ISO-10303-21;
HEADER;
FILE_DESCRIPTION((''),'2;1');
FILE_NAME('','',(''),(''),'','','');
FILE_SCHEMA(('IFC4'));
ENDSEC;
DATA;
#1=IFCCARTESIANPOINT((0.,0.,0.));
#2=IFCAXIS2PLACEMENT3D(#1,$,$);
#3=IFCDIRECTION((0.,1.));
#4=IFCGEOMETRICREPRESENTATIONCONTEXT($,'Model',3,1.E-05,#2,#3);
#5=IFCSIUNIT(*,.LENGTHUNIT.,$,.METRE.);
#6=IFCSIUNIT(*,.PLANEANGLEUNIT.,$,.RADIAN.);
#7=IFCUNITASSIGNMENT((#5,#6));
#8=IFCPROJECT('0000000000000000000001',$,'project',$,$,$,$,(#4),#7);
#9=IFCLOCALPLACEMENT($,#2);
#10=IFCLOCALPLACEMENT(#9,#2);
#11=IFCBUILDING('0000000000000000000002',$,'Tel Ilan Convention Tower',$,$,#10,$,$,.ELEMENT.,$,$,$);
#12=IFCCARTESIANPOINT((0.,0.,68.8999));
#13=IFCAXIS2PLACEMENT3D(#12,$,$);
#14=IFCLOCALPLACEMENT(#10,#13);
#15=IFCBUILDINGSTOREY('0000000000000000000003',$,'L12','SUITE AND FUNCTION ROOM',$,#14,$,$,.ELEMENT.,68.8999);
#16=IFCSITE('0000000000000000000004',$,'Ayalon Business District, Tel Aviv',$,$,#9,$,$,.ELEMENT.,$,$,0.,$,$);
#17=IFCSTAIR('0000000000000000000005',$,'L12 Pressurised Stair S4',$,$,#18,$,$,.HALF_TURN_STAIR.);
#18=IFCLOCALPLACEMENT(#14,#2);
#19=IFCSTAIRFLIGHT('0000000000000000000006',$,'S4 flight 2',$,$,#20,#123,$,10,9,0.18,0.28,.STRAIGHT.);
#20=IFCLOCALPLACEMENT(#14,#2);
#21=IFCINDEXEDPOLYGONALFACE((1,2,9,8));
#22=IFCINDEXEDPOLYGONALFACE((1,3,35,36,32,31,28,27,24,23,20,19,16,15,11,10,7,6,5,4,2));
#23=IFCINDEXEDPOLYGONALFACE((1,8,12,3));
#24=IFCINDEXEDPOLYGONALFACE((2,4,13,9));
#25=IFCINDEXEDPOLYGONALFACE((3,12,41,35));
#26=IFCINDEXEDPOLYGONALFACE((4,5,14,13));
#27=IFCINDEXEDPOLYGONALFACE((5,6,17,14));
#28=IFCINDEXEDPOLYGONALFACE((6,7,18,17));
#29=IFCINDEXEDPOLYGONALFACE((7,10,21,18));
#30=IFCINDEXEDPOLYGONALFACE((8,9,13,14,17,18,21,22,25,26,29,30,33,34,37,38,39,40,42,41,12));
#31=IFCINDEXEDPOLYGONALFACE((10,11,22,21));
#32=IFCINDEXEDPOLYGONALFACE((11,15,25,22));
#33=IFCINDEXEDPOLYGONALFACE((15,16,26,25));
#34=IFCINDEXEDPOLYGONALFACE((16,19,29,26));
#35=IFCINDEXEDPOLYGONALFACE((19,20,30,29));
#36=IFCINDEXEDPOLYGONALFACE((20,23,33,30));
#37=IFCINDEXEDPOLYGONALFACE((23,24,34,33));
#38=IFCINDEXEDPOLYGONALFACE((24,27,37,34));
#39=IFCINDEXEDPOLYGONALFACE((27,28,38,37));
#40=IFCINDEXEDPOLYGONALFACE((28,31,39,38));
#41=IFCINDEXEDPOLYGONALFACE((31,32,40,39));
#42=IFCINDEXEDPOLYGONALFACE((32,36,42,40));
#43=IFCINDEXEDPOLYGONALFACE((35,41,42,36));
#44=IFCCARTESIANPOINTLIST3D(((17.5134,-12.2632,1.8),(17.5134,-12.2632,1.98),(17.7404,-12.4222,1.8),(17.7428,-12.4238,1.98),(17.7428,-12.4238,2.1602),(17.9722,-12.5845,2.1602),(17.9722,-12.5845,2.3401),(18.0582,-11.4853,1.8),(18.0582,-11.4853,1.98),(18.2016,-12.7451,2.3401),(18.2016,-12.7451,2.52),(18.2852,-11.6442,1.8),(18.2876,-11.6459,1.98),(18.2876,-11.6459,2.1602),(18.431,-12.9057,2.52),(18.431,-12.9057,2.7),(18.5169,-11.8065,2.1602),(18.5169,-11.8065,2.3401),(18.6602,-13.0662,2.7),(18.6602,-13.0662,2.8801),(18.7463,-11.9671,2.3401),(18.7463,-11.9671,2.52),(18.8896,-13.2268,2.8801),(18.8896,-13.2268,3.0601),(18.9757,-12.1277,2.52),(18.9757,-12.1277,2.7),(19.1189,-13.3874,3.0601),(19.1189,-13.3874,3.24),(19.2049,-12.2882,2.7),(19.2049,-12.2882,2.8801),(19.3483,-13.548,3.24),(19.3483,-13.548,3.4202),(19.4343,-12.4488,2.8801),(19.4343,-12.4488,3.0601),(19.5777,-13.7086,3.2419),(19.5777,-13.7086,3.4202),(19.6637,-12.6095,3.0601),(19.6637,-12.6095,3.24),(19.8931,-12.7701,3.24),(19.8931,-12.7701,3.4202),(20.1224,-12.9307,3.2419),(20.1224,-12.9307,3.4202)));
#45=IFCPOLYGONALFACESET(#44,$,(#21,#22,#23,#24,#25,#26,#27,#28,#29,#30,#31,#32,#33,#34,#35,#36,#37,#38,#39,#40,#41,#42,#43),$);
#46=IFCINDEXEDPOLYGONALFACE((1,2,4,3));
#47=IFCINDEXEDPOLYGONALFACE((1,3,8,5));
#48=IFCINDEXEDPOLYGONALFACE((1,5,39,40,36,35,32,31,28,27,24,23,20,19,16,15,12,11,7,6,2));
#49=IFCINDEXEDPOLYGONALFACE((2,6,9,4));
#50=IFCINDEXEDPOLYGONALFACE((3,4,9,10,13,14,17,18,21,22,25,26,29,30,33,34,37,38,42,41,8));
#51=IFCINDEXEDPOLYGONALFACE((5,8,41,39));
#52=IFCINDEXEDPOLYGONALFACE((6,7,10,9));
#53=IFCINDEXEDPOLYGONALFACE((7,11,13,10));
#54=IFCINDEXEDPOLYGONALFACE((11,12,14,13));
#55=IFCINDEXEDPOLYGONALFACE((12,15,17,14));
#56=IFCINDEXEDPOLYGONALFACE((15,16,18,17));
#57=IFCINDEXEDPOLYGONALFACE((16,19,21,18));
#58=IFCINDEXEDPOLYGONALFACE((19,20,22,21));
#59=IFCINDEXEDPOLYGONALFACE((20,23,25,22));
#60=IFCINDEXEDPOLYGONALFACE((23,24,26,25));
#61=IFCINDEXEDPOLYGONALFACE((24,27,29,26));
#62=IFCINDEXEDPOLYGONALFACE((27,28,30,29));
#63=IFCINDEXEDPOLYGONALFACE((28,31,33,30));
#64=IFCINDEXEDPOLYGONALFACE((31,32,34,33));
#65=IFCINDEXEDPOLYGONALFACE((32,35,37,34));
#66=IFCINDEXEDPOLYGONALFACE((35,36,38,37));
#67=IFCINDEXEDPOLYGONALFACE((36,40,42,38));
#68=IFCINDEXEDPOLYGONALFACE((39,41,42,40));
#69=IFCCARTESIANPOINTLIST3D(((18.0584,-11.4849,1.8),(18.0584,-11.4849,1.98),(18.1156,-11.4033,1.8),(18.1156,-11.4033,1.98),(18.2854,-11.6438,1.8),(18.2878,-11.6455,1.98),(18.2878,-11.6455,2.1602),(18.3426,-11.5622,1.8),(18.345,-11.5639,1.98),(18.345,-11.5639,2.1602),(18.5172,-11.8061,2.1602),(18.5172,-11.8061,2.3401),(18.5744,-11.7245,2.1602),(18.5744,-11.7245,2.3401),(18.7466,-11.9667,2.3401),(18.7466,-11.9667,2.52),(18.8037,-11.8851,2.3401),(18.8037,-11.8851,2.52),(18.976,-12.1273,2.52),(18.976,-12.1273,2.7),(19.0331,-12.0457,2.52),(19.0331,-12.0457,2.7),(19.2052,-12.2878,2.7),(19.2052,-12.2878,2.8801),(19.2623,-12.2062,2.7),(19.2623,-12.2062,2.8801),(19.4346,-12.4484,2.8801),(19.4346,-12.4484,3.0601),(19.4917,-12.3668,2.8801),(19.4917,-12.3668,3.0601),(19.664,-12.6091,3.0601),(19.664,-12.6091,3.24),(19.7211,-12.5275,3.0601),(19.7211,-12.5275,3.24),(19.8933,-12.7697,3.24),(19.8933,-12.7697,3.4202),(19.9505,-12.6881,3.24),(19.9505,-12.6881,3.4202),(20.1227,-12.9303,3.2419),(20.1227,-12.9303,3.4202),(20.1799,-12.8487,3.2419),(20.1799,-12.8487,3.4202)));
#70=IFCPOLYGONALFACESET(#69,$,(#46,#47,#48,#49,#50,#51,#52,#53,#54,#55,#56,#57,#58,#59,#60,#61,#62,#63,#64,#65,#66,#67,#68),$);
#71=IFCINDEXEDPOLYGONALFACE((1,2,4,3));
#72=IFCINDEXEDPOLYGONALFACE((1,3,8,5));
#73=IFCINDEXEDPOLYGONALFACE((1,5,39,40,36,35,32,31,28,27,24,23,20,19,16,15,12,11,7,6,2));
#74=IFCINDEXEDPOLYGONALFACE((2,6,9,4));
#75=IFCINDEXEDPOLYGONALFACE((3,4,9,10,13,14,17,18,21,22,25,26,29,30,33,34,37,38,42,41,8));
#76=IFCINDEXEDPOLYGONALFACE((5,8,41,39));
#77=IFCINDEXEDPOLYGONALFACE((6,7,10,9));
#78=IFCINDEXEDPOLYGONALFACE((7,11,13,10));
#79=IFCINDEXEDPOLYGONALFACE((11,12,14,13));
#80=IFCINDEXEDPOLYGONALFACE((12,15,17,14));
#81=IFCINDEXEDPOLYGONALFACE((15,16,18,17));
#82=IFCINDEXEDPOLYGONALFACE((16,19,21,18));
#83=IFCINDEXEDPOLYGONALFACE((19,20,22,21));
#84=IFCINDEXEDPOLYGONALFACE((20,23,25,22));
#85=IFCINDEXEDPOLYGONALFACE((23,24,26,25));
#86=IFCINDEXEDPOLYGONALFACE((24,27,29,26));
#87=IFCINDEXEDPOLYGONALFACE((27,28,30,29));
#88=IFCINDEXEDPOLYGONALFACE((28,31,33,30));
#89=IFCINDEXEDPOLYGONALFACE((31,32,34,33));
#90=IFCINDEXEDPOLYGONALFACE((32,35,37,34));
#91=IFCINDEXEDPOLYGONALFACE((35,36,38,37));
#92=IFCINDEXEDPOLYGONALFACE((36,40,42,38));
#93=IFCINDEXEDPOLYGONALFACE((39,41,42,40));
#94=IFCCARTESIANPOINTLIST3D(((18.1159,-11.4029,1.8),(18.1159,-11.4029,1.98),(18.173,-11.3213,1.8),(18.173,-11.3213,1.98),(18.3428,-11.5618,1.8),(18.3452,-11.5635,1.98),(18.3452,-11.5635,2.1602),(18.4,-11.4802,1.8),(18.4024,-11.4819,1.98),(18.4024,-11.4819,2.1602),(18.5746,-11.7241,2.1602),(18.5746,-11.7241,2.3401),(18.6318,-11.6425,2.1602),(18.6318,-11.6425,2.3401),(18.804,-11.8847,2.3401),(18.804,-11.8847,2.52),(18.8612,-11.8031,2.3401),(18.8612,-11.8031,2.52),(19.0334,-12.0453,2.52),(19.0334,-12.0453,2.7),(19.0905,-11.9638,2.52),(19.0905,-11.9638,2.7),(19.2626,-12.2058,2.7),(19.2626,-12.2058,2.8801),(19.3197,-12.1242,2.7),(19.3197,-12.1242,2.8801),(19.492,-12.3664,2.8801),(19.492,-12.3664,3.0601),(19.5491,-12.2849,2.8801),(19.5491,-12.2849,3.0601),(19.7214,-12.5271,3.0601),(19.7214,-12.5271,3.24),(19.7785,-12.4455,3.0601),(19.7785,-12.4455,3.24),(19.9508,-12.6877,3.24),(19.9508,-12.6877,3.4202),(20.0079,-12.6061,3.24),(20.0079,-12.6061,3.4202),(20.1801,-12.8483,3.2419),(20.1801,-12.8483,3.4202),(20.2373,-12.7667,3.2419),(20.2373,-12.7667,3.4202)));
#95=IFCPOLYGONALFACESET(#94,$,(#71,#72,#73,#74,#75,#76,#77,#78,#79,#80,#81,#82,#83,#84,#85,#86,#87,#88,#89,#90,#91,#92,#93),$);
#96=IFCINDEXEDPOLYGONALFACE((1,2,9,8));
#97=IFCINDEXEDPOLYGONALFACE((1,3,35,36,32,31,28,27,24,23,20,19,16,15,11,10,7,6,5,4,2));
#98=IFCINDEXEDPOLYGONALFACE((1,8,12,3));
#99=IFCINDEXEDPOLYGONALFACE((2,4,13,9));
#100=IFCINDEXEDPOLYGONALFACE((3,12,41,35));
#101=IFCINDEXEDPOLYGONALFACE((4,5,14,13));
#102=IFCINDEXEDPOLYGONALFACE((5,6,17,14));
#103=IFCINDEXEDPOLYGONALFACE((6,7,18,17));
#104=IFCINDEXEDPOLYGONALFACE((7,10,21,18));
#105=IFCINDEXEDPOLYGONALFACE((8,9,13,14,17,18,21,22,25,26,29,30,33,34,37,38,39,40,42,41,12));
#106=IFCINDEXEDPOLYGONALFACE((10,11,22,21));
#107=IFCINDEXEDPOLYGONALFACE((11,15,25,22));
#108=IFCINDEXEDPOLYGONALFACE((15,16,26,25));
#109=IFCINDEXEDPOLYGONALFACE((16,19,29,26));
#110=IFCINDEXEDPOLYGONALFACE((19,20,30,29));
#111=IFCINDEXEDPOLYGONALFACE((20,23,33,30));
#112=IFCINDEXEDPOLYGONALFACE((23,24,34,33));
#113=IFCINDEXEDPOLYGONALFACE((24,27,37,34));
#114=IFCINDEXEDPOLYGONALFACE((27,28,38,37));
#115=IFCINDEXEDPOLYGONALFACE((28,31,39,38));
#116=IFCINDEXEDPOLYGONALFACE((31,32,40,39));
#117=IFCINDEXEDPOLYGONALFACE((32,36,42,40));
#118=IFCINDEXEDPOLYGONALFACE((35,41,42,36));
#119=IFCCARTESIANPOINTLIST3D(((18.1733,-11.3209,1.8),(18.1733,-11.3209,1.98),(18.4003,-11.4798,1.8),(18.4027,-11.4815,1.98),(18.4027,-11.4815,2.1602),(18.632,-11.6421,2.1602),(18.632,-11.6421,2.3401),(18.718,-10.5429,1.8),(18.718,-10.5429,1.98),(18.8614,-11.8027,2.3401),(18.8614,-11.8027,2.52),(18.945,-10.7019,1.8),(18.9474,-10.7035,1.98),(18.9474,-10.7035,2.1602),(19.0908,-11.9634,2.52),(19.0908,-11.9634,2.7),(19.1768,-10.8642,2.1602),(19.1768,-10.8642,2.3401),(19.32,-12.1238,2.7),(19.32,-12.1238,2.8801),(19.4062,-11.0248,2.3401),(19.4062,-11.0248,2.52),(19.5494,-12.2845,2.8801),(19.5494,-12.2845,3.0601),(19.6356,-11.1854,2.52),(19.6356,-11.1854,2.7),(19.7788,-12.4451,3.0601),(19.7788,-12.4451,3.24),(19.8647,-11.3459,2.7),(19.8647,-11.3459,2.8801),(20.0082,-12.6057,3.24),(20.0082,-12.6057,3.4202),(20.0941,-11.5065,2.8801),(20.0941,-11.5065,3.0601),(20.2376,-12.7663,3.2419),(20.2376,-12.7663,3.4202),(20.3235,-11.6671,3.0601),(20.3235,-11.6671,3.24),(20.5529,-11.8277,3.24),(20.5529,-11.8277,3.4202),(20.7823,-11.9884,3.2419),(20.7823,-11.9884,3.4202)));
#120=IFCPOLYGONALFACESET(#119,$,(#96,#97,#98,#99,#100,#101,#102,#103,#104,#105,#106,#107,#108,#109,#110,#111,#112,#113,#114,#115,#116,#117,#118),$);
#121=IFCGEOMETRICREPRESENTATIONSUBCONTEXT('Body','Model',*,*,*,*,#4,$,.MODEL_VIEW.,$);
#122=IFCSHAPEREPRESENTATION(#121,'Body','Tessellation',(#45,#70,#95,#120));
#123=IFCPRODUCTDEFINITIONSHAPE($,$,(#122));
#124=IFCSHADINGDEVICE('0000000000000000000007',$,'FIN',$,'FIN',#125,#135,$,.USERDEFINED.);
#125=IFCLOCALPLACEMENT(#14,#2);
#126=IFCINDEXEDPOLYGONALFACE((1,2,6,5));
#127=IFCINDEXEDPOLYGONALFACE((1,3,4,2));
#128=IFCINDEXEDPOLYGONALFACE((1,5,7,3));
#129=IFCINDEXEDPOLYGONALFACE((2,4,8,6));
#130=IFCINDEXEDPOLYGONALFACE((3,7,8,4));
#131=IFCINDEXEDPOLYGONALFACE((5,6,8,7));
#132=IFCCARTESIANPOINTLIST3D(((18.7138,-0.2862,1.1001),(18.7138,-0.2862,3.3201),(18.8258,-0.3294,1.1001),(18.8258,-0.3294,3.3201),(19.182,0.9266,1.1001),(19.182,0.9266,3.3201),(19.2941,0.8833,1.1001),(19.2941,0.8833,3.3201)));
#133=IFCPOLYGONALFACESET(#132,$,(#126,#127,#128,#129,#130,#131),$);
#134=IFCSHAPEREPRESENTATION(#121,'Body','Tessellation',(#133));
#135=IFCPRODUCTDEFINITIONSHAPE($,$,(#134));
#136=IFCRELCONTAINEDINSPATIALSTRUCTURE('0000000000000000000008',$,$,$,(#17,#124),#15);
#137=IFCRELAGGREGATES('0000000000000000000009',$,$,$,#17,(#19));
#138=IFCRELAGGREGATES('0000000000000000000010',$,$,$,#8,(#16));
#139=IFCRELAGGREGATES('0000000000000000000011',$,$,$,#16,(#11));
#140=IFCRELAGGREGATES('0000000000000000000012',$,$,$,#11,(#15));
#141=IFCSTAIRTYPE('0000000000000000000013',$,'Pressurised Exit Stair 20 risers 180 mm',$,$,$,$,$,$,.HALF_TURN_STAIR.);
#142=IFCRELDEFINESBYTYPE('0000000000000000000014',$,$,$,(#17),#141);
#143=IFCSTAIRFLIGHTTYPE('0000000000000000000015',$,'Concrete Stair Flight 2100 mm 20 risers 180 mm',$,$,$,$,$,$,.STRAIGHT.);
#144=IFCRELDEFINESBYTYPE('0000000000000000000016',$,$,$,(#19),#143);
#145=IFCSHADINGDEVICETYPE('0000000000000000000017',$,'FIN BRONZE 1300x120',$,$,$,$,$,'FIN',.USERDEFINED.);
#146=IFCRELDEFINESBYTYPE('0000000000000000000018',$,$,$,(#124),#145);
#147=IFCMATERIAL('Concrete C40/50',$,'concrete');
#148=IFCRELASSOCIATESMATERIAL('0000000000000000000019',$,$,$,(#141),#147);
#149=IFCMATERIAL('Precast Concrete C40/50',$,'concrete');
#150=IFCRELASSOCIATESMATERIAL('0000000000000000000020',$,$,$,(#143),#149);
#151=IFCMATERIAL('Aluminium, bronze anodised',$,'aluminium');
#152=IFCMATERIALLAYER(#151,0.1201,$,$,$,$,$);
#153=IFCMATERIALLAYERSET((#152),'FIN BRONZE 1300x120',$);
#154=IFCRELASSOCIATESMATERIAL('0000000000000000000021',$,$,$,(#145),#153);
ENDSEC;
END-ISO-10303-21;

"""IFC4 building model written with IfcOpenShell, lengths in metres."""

from ifc_helpers import new_model, si_unit, direction, frame, origin, origin_2d, place, context, subcontext, project, spatial, polyline, rectangle, outline, extrude, material, layer, layer_set, type_object, element, aggregate, save


model = new_model("IFC4")

# Units and contexts
model_context = context("Model", 3, precision=1e-05, world=origin(), true_north=direction((0.0, 1.0)))
body_context = subcontext(model_context, "Body", "Model", "MODEL_VIEW")
ifc_project = project(units=[si_unit("LENGTHUNIT", "METRE"), si_unit("PLANEANGLEUNIT", "RADIAN")], contexts=[model_context])

# Site, building, storey
site_placement = place(None, origin())
site = spatial("IfcSite", under=ifc_project, at=site_placement, Name="Ayalon Business District, Tel Aviv", CompositionType="ELEMENT", RefElevation=0.0)
building_placement = place(site_placement, origin())
building = spatial("IfcBuilding", under=site, at=building_placement, Name="Tel Ilan Convention Tower", CompositionType="ELEMENT")
storey_placement = place(building_placement, frame((0.0, 0.0, 68.8999)))
storey = spatial("IfcBuildingStorey", under=building, at=storey_placement, Name="L12", Description="SUITE AND FUNCTION ROOM", CompositionType="ELEMENT", Elevation=68.8999)

# Shared definitions
ifc_material_1 = material(Name="Concrete C40/50", Category="concrete")
stair_type = type_object("IfcStairType", Name="Pressurised Exit Stair 20 risers 180 mm", PredefinedType="HALF_TURN_STAIR", material=ifc_material_1)
ifc_material_2 = material(Name="Precast Concrete C40/50", Category="concrete")
stair_flight_type = type_object("IfcStairFlightType", Name="Concrete Stair Flight 2100 mm 20 risers 180 mm", PredefinedType="STRAIGHT", material=ifc_material_2)

# Stair, stair flight
stair_1_placement = place(storey_placement, origin())
stair_1 = element("IfcStair", 1, at=stair_1_placement, inside=storey, type_object=stair_type, Name="L12 Pressurised Stair S4", PredefinedType="HALF_TURN_STAIR")
stair_flight_1_placement = place(storey_placement, frame((18.1157, -11.4031, 1.8), z_axis=(0.0, 0.0, 1.0), x_axis=(0.819152, -0.573576, 0.0)))
stair_flight_1 = element("IfcStairFlight", 2, at=stair_flight_1_placement, type_object=stair_flight_type, Name="S4 flight 2", NumberOfRisers=10, NumberOfTreads=9, PredefinedType="STRAIGHT", RiserHeight=0.18, TreadLength=0.28, context=body_context, shape_type="SweptSolid", body=[
    extrude(outline(polyline([(0.0, 0.0), (0.0, 0.1799), (0.28, 0.1799), (0.28, 0.3601), (0.5601, 0.3601), (0.5601, 0.54), (0.8401, 0.54), (0.8401, 0.72), (1.1201, 0.72), (1.1201, 0.8999), (1.3999, 0.8999), (1.3999, 1.0801), (1.6799, 1.0801), (1.6799, 1.26), (1.96, 1.26), (1.96, 1.4399), (2.24, 1.4399), (2.24, 1.6201), (2.52, 1.6201), (2.52, 1.8), (2.52, 1.4419), (0.2771, 0.0), (0.0, 0.0)])), frame((0.0, -0.1003, 0.0), z_axis=(0.0, -1.0, 0.0), x_axis=(1.0, 0.0, 0.0)), (0.0, 0.0, 1.0), 0.9497),
    extrude(outline(polyline([(0.0, 0.0), (0.0, 0.1799), (0.28, 0.1799), (0.28, 0.3601), (0.5601, 0.3601), (0.5601, 0.54), (0.8401, 0.54), (0.8401, 0.72), (1.1201, 0.72), (1.1201, 0.8999), (1.3999, 0.8999), (1.3999, 1.0801), (1.6799, 1.0801), (1.6799, 1.26), (1.96, 1.26), (1.96, 1.4399), (2.24, 1.4399), (2.24, 1.6201), (2.52, 1.6201), (2.52, 1.8), (2.52, 1.4419), (0.2771, 0.0), (0.0, 0.0)])), frame((0.0, -0.0002, 0.0), z_axis=(0.0, -1.0, 0.0), x_axis=(1.0, 0.0, 0.0)), (0.0, 0.0, 1.0), 0.0996),
    extrude(outline(polyline([(0.0, 0.0), (0.0, 0.1799), (0.28, 0.1799), (0.28, 0.3601), (0.5601, 0.3601), (0.5601, 0.54), (0.8401, 0.54), (0.8401, 0.72), (1.1201, 0.72), (1.1201, 0.8999), (1.3999, 0.8999), (1.3999, 1.0801), (1.6799, 1.0801), (1.6799, 1.26), (1.96, 1.26), (1.96, 1.4399), (2.24, 1.4399), (2.24, 1.6201), (2.52, 1.6201), (2.52, 1.8), (2.52, 1.4419), (0.2771, 0.0), (0.0, 0.0)])), frame((0.0, 0.0999, 0.0), z_axis=(0.0, -1.0, 0.0), x_axis=(1.0, 0.0, 0.0)), (0.0, 0.0, 1.0), 0.0996),
    extrude(outline(polyline([(0.0, 0.0), (0.0, 0.1799), (0.28, 0.1799), (0.28, 0.3601), (0.5601, 0.3601), (0.5601, 0.54), (0.8401, 0.54), (0.8401, 0.72), (1.1201, 0.72), (1.1201, 0.8999), (1.3999, 0.8999), (1.3999, 1.0801), (1.6799, 1.0801), (1.6799, 1.26), (1.96, 1.26), (1.96, 1.4399), (2.24, 1.4399), (2.24, 1.6201), (2.52, 1.6201), (2.52, 1.8), (2.52, 1.4419), (0.2771, 0.0), (0.0, 0.0)])), frame((0.0, 1.05, 0.0), z_axis=(0.0, -1.0, 0.0), x_axis=(1.0, 0.0, 0.0)), (0.0, 0.0, 1.0), 0.9497),
])
aggregate(stair_1, [stair_flight_1])

# Shading device
ifc_material_3 = material(Name="Aluminium, bronze anodised", Category="aluminium")
ifc_layer_1 = layer(ifc_material_3, 0.1201)
ifc_layer_set_1 = layer_set([ifc_layer_1], Name="FIN BRONZE 1300x120")
shading_device_type = type_object("IfcShadingDeviceType", Name="FIN BRONZE 1300x120", ElementType="FIN", PredefinedType="USERDEFINED", material=ifc_layer_set_1)
shading_device_placement = place(storey_placement, frame((19.0039, 0.2986, 1.1001), z_axis=(0.0, 0.0, 1.0), x_axis=(0.360178, 0.932884, 0.0)))
element("IfcShadingDevice", 3, at=shading_device_placement, inside=storey, type_object=shading_device_type, Name="FIN", ObjectType="FIN", PredefinedType="USERDEFINED", context=body_context, shape_type="SweptSolid", body=[
    extrude(rectangle(XDim=1.3, YDim=0.1201, at=origin_2d()), origin(), (0.0, 0.0, 1.0), 2.22),
])

save(model, "model.ifc")
